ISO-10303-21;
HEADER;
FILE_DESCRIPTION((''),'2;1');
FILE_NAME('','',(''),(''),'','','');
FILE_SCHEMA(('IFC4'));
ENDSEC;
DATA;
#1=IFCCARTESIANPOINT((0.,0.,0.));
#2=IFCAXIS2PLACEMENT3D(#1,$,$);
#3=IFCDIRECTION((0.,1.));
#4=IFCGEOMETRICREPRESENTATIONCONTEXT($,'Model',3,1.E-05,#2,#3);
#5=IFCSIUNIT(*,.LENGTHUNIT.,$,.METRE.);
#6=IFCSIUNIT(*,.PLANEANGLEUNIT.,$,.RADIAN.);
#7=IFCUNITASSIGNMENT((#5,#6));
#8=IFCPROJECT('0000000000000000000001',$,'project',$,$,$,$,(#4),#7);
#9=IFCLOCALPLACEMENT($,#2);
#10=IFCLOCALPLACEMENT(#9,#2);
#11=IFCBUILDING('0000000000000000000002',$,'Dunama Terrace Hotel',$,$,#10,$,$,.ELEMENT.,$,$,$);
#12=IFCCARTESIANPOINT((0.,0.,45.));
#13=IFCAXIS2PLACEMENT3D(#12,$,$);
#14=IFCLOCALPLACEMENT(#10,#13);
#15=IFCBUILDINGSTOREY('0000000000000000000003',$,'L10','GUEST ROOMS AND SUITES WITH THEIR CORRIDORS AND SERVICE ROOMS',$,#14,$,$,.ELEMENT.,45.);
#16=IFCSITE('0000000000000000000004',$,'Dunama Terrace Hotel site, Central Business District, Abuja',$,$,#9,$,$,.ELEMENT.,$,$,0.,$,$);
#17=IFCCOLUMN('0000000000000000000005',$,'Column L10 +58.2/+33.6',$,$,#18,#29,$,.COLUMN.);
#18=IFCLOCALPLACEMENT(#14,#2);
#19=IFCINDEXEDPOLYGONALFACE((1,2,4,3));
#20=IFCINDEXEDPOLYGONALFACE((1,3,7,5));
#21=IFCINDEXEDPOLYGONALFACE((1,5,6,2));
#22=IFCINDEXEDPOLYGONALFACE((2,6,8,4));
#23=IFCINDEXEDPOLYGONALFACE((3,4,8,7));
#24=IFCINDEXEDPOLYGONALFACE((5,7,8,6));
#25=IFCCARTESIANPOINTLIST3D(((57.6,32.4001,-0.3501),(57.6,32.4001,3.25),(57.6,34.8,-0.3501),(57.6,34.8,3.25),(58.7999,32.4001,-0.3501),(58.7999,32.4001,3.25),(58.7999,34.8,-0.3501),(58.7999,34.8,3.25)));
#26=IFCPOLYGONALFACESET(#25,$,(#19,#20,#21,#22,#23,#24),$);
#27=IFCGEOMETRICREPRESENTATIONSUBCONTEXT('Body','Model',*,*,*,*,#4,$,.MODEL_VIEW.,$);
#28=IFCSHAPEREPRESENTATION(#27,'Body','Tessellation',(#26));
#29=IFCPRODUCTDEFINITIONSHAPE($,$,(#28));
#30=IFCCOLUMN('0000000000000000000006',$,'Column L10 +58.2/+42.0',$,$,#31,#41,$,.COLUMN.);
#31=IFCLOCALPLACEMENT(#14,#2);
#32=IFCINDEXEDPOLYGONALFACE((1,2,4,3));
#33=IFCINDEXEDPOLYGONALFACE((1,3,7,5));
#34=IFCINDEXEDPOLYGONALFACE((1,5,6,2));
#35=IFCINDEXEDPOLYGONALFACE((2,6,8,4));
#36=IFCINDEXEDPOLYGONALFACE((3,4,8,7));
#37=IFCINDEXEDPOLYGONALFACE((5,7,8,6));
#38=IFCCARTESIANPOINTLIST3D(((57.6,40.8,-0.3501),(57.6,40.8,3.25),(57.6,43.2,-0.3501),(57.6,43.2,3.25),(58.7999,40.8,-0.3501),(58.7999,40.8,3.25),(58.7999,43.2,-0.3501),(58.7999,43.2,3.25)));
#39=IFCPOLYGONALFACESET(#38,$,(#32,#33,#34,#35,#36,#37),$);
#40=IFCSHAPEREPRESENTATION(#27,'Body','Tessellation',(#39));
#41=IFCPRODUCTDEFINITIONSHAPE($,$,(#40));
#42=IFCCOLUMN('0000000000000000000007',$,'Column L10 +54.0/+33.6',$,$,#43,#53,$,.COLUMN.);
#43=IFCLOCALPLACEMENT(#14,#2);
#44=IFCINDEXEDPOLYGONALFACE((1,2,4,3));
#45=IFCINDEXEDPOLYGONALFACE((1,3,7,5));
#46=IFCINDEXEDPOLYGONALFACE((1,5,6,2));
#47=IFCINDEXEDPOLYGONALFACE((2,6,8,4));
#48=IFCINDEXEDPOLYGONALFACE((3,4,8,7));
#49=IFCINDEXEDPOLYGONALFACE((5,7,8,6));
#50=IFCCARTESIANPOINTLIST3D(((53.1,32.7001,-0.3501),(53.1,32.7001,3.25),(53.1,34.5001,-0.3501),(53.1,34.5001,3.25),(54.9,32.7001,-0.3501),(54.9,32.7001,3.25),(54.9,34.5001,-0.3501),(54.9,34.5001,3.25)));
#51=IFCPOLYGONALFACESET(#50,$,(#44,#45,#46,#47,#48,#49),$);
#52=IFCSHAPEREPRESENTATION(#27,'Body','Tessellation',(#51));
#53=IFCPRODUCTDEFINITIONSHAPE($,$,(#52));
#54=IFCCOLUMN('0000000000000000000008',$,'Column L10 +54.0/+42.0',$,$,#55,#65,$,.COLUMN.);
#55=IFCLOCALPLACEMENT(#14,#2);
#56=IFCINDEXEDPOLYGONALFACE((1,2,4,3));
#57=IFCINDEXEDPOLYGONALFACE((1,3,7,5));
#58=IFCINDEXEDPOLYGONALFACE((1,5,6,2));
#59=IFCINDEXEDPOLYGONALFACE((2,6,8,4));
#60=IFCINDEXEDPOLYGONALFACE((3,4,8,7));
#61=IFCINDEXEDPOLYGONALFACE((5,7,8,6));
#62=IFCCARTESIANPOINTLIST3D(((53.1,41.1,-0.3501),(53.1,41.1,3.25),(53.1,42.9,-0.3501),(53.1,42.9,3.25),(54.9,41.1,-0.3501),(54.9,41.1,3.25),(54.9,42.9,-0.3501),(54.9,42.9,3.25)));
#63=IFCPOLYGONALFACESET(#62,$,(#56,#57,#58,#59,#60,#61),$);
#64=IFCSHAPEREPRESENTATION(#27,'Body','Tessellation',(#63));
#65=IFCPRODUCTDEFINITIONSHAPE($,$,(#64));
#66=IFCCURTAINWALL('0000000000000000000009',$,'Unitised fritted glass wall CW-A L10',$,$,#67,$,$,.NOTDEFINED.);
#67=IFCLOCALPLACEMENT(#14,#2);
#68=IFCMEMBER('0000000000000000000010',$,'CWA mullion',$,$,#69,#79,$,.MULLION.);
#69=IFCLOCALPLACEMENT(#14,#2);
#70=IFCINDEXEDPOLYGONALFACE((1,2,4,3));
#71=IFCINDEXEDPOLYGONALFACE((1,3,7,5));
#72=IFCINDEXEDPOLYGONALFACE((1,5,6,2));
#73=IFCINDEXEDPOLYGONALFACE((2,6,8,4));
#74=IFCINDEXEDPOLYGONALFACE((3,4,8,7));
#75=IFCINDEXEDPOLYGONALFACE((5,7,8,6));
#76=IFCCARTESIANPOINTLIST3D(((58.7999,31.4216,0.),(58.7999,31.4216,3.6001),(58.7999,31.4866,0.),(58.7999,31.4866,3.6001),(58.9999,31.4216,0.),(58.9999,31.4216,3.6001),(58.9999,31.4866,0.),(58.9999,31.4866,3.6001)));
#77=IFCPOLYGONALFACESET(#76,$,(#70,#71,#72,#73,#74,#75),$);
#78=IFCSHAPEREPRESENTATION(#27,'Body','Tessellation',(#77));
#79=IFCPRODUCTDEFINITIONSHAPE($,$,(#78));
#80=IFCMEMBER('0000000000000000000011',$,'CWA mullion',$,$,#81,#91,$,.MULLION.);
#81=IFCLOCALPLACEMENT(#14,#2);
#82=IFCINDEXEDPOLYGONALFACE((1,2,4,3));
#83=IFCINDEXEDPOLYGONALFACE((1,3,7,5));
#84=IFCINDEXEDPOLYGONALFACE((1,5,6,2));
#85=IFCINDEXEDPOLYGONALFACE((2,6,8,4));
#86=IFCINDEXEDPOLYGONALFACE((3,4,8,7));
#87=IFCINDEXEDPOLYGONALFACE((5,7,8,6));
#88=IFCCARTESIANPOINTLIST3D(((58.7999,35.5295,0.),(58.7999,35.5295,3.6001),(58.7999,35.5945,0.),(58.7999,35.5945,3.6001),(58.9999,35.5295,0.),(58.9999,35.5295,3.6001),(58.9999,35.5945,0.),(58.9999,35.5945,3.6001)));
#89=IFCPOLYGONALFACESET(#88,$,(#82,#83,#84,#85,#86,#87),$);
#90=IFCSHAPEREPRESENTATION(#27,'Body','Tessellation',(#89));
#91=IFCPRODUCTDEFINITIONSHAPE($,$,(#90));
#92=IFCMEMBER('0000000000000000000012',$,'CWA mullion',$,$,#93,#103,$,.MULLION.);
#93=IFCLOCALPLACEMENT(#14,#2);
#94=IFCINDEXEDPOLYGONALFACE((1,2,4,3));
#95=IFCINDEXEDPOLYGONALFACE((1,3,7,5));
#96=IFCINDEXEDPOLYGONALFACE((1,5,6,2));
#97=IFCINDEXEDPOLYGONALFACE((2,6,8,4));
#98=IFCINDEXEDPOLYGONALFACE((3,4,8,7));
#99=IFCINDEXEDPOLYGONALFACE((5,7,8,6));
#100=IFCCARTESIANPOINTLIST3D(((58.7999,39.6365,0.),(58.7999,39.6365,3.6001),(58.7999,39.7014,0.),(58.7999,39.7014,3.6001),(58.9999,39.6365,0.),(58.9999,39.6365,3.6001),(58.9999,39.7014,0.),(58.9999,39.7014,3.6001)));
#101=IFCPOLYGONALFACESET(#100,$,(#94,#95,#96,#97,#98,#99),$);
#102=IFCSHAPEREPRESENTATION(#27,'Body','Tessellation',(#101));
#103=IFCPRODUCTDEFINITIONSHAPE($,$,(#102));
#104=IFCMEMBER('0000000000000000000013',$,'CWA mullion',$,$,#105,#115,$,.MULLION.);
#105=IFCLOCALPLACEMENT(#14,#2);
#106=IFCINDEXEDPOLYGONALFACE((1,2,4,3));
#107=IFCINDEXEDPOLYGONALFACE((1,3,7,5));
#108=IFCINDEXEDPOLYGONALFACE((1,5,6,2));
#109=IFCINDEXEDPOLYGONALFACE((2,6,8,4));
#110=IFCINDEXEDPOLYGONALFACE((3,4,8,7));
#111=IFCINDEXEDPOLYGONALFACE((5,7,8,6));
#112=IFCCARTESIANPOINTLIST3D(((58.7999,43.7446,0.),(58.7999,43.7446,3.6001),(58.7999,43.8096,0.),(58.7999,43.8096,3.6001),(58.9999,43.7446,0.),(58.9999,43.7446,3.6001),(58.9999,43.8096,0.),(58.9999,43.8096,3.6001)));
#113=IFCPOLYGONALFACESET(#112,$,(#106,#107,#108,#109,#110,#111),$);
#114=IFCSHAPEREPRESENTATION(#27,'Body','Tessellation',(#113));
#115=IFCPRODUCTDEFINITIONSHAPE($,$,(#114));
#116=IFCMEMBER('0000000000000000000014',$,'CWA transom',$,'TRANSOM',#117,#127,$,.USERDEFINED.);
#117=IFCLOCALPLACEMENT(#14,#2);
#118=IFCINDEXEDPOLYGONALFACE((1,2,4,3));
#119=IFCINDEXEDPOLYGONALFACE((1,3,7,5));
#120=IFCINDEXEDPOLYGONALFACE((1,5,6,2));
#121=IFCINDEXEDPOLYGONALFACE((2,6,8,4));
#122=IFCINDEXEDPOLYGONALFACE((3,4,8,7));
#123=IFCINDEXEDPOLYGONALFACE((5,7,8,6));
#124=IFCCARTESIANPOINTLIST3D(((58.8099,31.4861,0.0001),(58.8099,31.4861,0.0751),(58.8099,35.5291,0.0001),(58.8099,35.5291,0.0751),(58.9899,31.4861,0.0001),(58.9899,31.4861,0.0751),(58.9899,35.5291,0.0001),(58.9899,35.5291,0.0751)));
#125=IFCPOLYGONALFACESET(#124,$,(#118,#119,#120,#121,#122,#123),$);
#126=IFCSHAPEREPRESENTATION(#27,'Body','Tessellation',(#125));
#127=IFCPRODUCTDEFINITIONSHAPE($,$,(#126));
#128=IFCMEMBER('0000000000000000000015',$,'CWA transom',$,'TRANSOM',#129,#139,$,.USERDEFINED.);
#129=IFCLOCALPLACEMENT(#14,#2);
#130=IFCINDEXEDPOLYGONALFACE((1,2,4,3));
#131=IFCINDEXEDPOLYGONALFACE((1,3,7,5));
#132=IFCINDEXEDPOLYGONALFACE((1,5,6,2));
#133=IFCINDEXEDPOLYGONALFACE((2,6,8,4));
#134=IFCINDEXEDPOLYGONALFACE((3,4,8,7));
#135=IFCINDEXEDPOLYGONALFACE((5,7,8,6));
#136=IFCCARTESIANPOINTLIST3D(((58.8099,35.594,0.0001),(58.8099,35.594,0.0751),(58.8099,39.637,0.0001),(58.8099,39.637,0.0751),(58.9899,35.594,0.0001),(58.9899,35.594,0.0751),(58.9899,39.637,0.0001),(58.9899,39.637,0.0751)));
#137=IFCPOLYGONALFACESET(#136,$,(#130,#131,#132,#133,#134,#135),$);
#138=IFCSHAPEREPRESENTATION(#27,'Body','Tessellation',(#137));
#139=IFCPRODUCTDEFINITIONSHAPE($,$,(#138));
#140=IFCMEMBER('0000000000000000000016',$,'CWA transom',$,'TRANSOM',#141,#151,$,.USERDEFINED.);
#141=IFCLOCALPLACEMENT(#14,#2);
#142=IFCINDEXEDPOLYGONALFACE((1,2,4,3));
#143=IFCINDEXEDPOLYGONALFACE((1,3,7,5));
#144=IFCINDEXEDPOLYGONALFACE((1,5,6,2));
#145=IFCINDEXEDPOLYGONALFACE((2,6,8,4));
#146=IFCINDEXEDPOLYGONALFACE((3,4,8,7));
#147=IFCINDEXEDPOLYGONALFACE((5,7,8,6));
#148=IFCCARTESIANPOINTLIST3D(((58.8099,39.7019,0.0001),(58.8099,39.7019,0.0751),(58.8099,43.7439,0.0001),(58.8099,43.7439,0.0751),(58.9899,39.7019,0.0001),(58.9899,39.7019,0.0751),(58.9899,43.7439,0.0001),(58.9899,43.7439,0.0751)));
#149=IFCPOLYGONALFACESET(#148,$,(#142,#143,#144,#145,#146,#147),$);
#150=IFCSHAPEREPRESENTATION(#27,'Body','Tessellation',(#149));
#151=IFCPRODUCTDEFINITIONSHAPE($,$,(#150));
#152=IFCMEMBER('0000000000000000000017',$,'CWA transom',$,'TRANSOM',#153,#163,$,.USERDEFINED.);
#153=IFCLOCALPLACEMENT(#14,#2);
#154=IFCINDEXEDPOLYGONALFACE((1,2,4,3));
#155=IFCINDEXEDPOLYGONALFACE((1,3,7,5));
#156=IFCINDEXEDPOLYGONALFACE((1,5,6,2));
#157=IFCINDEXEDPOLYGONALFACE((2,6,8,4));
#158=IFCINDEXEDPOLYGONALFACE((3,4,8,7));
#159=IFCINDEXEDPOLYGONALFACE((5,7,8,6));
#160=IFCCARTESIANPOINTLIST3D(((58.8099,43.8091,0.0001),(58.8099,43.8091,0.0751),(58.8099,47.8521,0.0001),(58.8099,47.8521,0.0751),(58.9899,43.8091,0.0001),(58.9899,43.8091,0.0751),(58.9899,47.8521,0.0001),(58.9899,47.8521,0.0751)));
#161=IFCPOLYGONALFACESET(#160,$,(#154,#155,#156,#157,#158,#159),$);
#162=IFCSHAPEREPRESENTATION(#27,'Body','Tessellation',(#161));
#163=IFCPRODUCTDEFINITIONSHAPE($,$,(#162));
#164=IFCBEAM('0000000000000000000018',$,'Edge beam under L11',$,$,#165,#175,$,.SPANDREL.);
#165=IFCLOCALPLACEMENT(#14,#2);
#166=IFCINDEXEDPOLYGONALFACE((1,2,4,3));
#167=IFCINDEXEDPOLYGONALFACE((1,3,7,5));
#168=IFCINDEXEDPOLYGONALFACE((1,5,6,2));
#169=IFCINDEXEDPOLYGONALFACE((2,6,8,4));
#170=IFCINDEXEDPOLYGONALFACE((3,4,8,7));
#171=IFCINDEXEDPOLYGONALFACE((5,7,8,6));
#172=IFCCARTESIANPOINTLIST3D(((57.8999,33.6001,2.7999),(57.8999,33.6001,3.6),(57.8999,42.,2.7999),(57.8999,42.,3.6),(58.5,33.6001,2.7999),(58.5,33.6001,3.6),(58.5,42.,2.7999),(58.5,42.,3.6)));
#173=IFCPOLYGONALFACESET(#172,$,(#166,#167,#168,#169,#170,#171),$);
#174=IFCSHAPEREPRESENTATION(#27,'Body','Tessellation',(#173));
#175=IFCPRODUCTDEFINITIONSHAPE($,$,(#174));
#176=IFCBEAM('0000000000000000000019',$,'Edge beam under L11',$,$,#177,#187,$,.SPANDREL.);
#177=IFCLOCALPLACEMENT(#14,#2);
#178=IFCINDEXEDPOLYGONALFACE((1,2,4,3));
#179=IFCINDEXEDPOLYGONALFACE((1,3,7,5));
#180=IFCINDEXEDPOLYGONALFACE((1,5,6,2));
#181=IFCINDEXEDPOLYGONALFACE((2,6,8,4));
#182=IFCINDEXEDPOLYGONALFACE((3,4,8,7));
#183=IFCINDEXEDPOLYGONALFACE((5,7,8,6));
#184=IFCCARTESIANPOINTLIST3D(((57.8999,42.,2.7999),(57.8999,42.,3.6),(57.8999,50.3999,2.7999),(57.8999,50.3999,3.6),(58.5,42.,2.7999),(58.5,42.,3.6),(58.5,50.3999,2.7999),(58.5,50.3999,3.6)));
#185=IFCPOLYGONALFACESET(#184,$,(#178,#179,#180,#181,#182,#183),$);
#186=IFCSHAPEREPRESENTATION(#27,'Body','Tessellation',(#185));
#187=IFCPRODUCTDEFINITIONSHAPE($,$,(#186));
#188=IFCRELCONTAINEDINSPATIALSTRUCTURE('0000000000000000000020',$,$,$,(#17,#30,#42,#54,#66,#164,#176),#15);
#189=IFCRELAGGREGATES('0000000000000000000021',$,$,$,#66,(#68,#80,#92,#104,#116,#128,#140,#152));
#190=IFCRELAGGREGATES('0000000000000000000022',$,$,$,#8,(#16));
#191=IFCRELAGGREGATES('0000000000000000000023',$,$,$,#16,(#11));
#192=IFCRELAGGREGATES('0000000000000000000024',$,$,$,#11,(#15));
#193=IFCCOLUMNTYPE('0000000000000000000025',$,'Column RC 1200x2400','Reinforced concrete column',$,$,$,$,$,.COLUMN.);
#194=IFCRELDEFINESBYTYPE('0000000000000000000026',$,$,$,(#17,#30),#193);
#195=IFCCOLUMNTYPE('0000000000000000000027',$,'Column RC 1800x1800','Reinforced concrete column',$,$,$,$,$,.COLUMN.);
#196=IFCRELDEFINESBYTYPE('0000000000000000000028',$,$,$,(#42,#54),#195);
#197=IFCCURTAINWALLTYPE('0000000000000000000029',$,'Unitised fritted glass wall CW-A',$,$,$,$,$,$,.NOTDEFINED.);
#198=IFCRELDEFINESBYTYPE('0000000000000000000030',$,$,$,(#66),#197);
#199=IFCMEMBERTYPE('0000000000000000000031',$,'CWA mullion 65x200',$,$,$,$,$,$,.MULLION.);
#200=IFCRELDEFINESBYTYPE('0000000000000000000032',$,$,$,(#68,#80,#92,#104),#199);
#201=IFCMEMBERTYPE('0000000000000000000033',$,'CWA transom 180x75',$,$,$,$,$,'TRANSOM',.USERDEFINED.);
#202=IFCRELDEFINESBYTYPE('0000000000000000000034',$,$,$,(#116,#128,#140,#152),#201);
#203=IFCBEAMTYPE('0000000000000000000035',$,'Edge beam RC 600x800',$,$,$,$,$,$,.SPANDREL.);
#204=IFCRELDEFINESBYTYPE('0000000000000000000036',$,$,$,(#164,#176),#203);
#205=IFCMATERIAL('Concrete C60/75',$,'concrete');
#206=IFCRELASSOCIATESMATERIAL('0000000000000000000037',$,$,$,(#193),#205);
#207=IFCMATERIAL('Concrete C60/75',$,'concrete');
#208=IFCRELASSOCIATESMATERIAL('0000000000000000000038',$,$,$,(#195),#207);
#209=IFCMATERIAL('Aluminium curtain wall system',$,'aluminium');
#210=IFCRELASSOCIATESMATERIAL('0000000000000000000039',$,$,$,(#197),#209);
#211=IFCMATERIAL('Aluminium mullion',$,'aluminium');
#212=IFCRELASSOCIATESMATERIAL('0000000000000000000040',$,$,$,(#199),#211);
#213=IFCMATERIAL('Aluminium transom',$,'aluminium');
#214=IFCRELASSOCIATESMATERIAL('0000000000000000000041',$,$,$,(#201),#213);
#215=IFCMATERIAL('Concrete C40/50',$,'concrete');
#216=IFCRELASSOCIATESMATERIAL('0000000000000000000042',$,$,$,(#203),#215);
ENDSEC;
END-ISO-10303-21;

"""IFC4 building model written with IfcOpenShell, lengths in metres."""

from ifc_helpers import new_model, si_unit, direction, frame, origin, origin_2d, place, context, subcontext, project, spatial, rectangle, extrude, material, material_profile, profile_set, type_object, element, aggregate, save


model = new_model("IFC4")

# Units and contexts
model_context = context("Model", 3, precision=1e-05, world=origin(), true_north=direction((0.0, 1.0)))
body_context = subcontext(model_context, "Body", "Model", "MODEL_VIEW")
ifc_project = project(units=[si_unit("LENGTHUNIT", "METRE"), si_unit("PLANEANGLEUNIT", "RADIAN")], contexts=[model_context])

# Site, building, storey
site_placement = place(None, origin())
site = spatial("IfcSite", under=ifc_project, at=site_placement, Name="Dunama Terrace Hotel site, Central Business District, Abuja", CompositionType="ELEMENT", RefElevation=0.0)
building_placement = place(site_placement, origin())
building = spatial("IfcBuilding", under=site, at=building_placement, Name="Dunama Terrace Hotel", CompositionType="ELEMENT")
storey_placement = place(building_placement, frame((0.0, 0.0, 45.0)))
storey = spatial("IfcBuildingStorey", under=building, at=storey_placement, Name="L10", Description="GUEST ROOMS AND SUITES WITH THEIR CORRIDORS AND SERVICE ROOMS", CompositionType="ELEMENT", Elevation=45.0)

# Columns
ifc_material_1 = material(Name="Concrete C60/75", Category="concrete")
ifc_material_profile_1 = material_profile(ifc_material_1, rectangle(XDim=1.2, YDim=2.3999, at=origin_2d()), Name="RC 1200x2400")
ifc_profile_set_1 = profile_set([ifc_material_profile_1], Name="Concrete C60/75")
column_type_1 = type_object("IfcColumnType", Name="Column RC 1200x2400", Description="Reinforced concrete column", PredefinedType="COLUMN", material=ifc_profile_set_1)
for number, where, z_axis, x_axis, name in (
    (1, (58.2, 33.6001, -0.3501), (0.0, 0.0, 1.0), (1.0, 0.0, 0.0), "Column L10 +58.2/+33.6"),
    (2, (58.2, 42.0, -0.3501), (0.0, 0.0, 1.0), (1.0, 0.0, 0.0), "Column L10 +58.2/+42.0"),
):
    element("IfcColumn", number, at=place(storey_placement, frame(where, z_axis=z_axis, x_axis=x_axis)), inside=storey, type_object=column_type_1, Name=name, PredefinedType="COLUMN", context=body_context, shape_type="SweptSolid", body=[
        extrude(rectangle(XDim=1.2, YDim=2.3999, at=origin_2d()), origin(), (0.0, 0.0, 1.0), 3.6001),
    ])
ifc_material_2 = material(Name="Concrete C60/75", Category="concrete")
ifc_material_profile_2 = material_profile(ifc_material_2, rectangle(XDim=1.8, YDim=1.8, at=origin_2d()), Name="RC 1800x1800")
ifc_profile_set_2 = profile_set([ifc_material_profile_2], Name="Concrete C60/75")
column_type_2 = type_object("IfcColumnType", Name="Column RC 1800x1800", Description="Reinforced concrete column", PredefinedType="COLUMN", material=ifc_profile_set_2)
for number, where, z_axis, x_axis, name in (
    (3, (54.0, 33.6001, -0.3501), (0.0, 0.0, 1.0), (1.0, 0.0, 0.0), "Column L10 +54.0/+33.6"),
    (4, (54.0, 42.0, -0.3501), (0.0, 0.0, 1.0), (1.0, 0.0, 0.0), "Column L10 +54.0/+42.0"),
):
    element("IfcColumn", number, at=place(storey_placement, frame(where, z_axis=z_axis, x_axis=x_axis)), inside=storey, type_object=column_type_2, Name=name, PredefinedType="COLUMN", context=body_context, shape_type="SweptSolid", body=[
        extrude(rectangle(XDim=1.8, YDim=1.8, at=origin_2d()), origin(), (0.0, 0.0, 1.0), 3.6001),
    ])

# Curtain wall, members
ifc_material_3 = material(Name="Aluminium curtain wall system", Category="aluminium")
curtain_wall_type = type_object("IfcCurtainWallType", Name="Unitised fritted glass wall CW-A", PredefinedType="NOTDEFINED", material=ifc_material_3)
curtain_wall_placement = place(storey_placement, origin())
curtain_wall = element("IfcCurtainWall", 5, at=curtain_wall_placement, inside=storey, type_object=curtain_wall_type, Name="Unitised fritted glass wall CW-A L10", PredefinedType="NOTDEFINED")
ifc_material_4 = material(Name="Aluminium mullion", Category="aluminium")
ifc_material_profile_3 = material_profile(ifc_material_4, rectangle(XDim=0.0649, YDim=0.2, at=origin_2d()), Name="CWA MULLION 65X200")
ifc_profile_set_3 = profile_set([ifc_material_profile_3], Name="Aluminium mullion")
member_type_1 = type_object("IfcMemberType", Name="CWA mullion 65x200", PredefinedType="MULLION", material=ifc_profile_set_3)
member_1_placement = place(storey_placement, frame((58.8999, 31.4541, 0.0), z_axis=(0.0, 0.0, 1.0), x_axis=(0.0, 1.0, 0.0)))
member_1 = element("IfcMember", 6, at=member_1_placement, type_object=member_type_1, Name="CWA mullion", PredefinedType="MULLION", context=body_context, shape_type="SweptSolid", body=[
    extrude(rectangle(XDim=0.0649, YDim=0.2, at=origin_2d()), origin(), (0.0, 0.0, 1.0), 3.6001),
])
member_2_placement = place(storey_placement, frame((58.8999, 35.562, 0.0), z_axis=(0.0, 0.0, 1.0), x_axis=(0.0, 1.0, 0.0)))
member_2 = element("IfcMember", 7, at=member_2_placement, type_object=member_type_1, Name="CWA mullion", PredefinedType="MULLION", context=body_context, shape_type="SweptSolid", body=[
    extrude(rectangle(XDim=0.0649, YDim=0.2, at=origin_2d()), origin(), (0.0, 0.0, 1.0), 3.6001),
])
member_3_placement = place(storey_placement, frame((58.8999, 39.6689, 0.0), z_axis=(0.0, 0.0, 1.0), x_axis=(0.0, 1.0, 0.0)))
member_3 = element("IfcMember", 8, at=member_3_placement, type_object=member_type_1, Name="CWA mullion", PredefinedType="MULLION", context=body_context, shape_type="SweptSolid", body=[
    extrude(rectangle(XDim=0.0649, YDim=0.2, at=origin_2d()), origin(), (0.0, 0.0, 1.0), 3.6001),
])
member_4_placement = place(storey_placement, frame((58.8999, 43.7771, 0.0), z_axis=(0.0, 0.0, 1.0), x_axis=(0.0, 1.0, 0.0)))
member_4 = element("IfcMember", 9, at=member_4_placement, type_object=member_type_1, Name="CWA mullion", PredefinedType="MULLION", context=body_context, shape_type="SweptSolid", body=[
    extrude(rectangle(XDim=0.0649, YDim=0.2, at=origin_2d()), origin(), (0.0, 0.0, 1.0), 3.6001),
])
ifc_material_5 = material(Name="Aluminium transom", Category="aluminium")
ifc_material_profile_4 = material_profile(ifc_material_5, rectangle(XDim=0.1799, YDim=0.075, at=origin_2d()), Name="CWA TRANSOM 180X75")
ifc_profile_set_4 = profile_set([ifc_material_profile_4], Name="Aluminium transom")
member_type_2 = type_object("IfcMemberType", Name="CWA transom 180x75", ElementType="TRANSOM", PredefinedType="USERDEFINED", material=ifc_profile_set_4)
member_5_placement = place(storey_placement, frame((58.8999, 31.4861, 0.0376), z_axis=(0.0, 1.0, 0.0), x_axis=(-1.0, 0.0, 0.0)))
member_5 = element("IfcMember", 10, at=member_5_placement, type_object=member_type_2, Name="CWA transom", ObjectType="TRANSOM", PredefinedType="USERDEFINED", context=body_context, shape_type="SweptSolid", body=[
    extrude(rectangle(XDim=0.1799, YDim=0.075, at=origin_2d()), origin(), (0.0, 0.0, 1.0), 4.043),
])
member_6_placement = place(storey_placement, frame((58.8999, 35.594, 0.0376), z_axis=(0.0, 1.0, 0.0), x_axis=(-1.0, 0.0, 0.0)))
member_6 = element("IfcMember", 11, at=member_6_placement, type_object=member_type_2, Name="CWA transom", ObjectType="TRANSOM", PredefinedType="USERDEFINED", context=body_context, shape_type="SweptSolid", body=[
    extrude(rectangle(XDim=0.1799, YDim=0.075, at=origin_2d()), origin(), (0.0, 0.0, 1.0), 4.043),
])
member_7_placement = place(storey_placement, frame((58.8999, 39.7019, 0.0376), z_axis=(0.0, 1.0, 0.0), x_axis=(-1.0, 0.0, 0.0)))
member_7 = element("IfcMember", 12, at=member_7_placement, type_object=member_type_2, Name="CWA transom", ObjectType="TRANSOM", PredefinedType="USERDEFINED", context=body_context, shape_type="SweptSolid", body=[
    extrude(rectangle(XDim=0.1799, YDim=0.075, at=origin_2d()), origin(), (0.0, 0.0, 1.0), 4.042),
])
member_8_placement = place(storey_placement, frame((58.8999, 43.8091, 0.0376), z_axis=(0.0, 1.0, 0.0), x_axis=(-1.0, 0.0, 0.0)))
member_8 = element("IfcMember", 13, at=member_8_placement, type_object=member_type_2, Name="CWA transom", ObjectType="TRANSOM", PredefinedType="USERDEFINED", context=body_context, shape_type="SweptSolid", body=[
    extrude(rectangle(XDim=0.1799, YDim=0.075, at=origin_2d()), origin(), (0.0, 0.0, 1.0), 4.043),
])

# Beams
ifc_material_6 = material(Name="Concrete C40/50", Category="concrete")
ifc_material_profile_5 = material_profile(ifc_material_6, rectangle(XDim=0.6001, YDim=0.8, at=origin_2d()), Name="RC 600x800")
ifc_profile_set_5 = profile_set([ifc_material_profile_5], Name="Concrete C40/50")
beam_type = type_object("IfcBeamType", Name="Edge beam RC 600x800", PredefinedType="SPANDREL", material=ifc_profile_set_5)
for number, where, z_axis, x_axis, name in (
    (14, (58.2, 33.6001, 3.2), (0.0, 1.0, 0.0), (-1.0, 0.0, 0.0), "Edge beam under L11"),
    (15, (58.2, 42.0, 3.2), (0.0, 1.0, 0.0), (-1.0, 0.0, 0.0), "Edge beam under L11"),
):
    element("IfcBeam", number, at=place(storey_placement, frame(where, z_axis=z_axis, x_axis=x_axis)), inside=storey, type_object=beam_type, Name=name, PredefinedType="SPANDREL", context=body_context, shape_type="SweptSolid", body=[
        extrude(rectangle(XDim=0.6001, YDim=0.8, at=origin_2d()), origin(), (0.0, 0.0, 1.0), 8.3999),
    ])

aggregate(curtain_wall, [member_1, member_2, member_3, member_4, member_5, member_6, member_7, member_8])

save(model, "model.ifc")
